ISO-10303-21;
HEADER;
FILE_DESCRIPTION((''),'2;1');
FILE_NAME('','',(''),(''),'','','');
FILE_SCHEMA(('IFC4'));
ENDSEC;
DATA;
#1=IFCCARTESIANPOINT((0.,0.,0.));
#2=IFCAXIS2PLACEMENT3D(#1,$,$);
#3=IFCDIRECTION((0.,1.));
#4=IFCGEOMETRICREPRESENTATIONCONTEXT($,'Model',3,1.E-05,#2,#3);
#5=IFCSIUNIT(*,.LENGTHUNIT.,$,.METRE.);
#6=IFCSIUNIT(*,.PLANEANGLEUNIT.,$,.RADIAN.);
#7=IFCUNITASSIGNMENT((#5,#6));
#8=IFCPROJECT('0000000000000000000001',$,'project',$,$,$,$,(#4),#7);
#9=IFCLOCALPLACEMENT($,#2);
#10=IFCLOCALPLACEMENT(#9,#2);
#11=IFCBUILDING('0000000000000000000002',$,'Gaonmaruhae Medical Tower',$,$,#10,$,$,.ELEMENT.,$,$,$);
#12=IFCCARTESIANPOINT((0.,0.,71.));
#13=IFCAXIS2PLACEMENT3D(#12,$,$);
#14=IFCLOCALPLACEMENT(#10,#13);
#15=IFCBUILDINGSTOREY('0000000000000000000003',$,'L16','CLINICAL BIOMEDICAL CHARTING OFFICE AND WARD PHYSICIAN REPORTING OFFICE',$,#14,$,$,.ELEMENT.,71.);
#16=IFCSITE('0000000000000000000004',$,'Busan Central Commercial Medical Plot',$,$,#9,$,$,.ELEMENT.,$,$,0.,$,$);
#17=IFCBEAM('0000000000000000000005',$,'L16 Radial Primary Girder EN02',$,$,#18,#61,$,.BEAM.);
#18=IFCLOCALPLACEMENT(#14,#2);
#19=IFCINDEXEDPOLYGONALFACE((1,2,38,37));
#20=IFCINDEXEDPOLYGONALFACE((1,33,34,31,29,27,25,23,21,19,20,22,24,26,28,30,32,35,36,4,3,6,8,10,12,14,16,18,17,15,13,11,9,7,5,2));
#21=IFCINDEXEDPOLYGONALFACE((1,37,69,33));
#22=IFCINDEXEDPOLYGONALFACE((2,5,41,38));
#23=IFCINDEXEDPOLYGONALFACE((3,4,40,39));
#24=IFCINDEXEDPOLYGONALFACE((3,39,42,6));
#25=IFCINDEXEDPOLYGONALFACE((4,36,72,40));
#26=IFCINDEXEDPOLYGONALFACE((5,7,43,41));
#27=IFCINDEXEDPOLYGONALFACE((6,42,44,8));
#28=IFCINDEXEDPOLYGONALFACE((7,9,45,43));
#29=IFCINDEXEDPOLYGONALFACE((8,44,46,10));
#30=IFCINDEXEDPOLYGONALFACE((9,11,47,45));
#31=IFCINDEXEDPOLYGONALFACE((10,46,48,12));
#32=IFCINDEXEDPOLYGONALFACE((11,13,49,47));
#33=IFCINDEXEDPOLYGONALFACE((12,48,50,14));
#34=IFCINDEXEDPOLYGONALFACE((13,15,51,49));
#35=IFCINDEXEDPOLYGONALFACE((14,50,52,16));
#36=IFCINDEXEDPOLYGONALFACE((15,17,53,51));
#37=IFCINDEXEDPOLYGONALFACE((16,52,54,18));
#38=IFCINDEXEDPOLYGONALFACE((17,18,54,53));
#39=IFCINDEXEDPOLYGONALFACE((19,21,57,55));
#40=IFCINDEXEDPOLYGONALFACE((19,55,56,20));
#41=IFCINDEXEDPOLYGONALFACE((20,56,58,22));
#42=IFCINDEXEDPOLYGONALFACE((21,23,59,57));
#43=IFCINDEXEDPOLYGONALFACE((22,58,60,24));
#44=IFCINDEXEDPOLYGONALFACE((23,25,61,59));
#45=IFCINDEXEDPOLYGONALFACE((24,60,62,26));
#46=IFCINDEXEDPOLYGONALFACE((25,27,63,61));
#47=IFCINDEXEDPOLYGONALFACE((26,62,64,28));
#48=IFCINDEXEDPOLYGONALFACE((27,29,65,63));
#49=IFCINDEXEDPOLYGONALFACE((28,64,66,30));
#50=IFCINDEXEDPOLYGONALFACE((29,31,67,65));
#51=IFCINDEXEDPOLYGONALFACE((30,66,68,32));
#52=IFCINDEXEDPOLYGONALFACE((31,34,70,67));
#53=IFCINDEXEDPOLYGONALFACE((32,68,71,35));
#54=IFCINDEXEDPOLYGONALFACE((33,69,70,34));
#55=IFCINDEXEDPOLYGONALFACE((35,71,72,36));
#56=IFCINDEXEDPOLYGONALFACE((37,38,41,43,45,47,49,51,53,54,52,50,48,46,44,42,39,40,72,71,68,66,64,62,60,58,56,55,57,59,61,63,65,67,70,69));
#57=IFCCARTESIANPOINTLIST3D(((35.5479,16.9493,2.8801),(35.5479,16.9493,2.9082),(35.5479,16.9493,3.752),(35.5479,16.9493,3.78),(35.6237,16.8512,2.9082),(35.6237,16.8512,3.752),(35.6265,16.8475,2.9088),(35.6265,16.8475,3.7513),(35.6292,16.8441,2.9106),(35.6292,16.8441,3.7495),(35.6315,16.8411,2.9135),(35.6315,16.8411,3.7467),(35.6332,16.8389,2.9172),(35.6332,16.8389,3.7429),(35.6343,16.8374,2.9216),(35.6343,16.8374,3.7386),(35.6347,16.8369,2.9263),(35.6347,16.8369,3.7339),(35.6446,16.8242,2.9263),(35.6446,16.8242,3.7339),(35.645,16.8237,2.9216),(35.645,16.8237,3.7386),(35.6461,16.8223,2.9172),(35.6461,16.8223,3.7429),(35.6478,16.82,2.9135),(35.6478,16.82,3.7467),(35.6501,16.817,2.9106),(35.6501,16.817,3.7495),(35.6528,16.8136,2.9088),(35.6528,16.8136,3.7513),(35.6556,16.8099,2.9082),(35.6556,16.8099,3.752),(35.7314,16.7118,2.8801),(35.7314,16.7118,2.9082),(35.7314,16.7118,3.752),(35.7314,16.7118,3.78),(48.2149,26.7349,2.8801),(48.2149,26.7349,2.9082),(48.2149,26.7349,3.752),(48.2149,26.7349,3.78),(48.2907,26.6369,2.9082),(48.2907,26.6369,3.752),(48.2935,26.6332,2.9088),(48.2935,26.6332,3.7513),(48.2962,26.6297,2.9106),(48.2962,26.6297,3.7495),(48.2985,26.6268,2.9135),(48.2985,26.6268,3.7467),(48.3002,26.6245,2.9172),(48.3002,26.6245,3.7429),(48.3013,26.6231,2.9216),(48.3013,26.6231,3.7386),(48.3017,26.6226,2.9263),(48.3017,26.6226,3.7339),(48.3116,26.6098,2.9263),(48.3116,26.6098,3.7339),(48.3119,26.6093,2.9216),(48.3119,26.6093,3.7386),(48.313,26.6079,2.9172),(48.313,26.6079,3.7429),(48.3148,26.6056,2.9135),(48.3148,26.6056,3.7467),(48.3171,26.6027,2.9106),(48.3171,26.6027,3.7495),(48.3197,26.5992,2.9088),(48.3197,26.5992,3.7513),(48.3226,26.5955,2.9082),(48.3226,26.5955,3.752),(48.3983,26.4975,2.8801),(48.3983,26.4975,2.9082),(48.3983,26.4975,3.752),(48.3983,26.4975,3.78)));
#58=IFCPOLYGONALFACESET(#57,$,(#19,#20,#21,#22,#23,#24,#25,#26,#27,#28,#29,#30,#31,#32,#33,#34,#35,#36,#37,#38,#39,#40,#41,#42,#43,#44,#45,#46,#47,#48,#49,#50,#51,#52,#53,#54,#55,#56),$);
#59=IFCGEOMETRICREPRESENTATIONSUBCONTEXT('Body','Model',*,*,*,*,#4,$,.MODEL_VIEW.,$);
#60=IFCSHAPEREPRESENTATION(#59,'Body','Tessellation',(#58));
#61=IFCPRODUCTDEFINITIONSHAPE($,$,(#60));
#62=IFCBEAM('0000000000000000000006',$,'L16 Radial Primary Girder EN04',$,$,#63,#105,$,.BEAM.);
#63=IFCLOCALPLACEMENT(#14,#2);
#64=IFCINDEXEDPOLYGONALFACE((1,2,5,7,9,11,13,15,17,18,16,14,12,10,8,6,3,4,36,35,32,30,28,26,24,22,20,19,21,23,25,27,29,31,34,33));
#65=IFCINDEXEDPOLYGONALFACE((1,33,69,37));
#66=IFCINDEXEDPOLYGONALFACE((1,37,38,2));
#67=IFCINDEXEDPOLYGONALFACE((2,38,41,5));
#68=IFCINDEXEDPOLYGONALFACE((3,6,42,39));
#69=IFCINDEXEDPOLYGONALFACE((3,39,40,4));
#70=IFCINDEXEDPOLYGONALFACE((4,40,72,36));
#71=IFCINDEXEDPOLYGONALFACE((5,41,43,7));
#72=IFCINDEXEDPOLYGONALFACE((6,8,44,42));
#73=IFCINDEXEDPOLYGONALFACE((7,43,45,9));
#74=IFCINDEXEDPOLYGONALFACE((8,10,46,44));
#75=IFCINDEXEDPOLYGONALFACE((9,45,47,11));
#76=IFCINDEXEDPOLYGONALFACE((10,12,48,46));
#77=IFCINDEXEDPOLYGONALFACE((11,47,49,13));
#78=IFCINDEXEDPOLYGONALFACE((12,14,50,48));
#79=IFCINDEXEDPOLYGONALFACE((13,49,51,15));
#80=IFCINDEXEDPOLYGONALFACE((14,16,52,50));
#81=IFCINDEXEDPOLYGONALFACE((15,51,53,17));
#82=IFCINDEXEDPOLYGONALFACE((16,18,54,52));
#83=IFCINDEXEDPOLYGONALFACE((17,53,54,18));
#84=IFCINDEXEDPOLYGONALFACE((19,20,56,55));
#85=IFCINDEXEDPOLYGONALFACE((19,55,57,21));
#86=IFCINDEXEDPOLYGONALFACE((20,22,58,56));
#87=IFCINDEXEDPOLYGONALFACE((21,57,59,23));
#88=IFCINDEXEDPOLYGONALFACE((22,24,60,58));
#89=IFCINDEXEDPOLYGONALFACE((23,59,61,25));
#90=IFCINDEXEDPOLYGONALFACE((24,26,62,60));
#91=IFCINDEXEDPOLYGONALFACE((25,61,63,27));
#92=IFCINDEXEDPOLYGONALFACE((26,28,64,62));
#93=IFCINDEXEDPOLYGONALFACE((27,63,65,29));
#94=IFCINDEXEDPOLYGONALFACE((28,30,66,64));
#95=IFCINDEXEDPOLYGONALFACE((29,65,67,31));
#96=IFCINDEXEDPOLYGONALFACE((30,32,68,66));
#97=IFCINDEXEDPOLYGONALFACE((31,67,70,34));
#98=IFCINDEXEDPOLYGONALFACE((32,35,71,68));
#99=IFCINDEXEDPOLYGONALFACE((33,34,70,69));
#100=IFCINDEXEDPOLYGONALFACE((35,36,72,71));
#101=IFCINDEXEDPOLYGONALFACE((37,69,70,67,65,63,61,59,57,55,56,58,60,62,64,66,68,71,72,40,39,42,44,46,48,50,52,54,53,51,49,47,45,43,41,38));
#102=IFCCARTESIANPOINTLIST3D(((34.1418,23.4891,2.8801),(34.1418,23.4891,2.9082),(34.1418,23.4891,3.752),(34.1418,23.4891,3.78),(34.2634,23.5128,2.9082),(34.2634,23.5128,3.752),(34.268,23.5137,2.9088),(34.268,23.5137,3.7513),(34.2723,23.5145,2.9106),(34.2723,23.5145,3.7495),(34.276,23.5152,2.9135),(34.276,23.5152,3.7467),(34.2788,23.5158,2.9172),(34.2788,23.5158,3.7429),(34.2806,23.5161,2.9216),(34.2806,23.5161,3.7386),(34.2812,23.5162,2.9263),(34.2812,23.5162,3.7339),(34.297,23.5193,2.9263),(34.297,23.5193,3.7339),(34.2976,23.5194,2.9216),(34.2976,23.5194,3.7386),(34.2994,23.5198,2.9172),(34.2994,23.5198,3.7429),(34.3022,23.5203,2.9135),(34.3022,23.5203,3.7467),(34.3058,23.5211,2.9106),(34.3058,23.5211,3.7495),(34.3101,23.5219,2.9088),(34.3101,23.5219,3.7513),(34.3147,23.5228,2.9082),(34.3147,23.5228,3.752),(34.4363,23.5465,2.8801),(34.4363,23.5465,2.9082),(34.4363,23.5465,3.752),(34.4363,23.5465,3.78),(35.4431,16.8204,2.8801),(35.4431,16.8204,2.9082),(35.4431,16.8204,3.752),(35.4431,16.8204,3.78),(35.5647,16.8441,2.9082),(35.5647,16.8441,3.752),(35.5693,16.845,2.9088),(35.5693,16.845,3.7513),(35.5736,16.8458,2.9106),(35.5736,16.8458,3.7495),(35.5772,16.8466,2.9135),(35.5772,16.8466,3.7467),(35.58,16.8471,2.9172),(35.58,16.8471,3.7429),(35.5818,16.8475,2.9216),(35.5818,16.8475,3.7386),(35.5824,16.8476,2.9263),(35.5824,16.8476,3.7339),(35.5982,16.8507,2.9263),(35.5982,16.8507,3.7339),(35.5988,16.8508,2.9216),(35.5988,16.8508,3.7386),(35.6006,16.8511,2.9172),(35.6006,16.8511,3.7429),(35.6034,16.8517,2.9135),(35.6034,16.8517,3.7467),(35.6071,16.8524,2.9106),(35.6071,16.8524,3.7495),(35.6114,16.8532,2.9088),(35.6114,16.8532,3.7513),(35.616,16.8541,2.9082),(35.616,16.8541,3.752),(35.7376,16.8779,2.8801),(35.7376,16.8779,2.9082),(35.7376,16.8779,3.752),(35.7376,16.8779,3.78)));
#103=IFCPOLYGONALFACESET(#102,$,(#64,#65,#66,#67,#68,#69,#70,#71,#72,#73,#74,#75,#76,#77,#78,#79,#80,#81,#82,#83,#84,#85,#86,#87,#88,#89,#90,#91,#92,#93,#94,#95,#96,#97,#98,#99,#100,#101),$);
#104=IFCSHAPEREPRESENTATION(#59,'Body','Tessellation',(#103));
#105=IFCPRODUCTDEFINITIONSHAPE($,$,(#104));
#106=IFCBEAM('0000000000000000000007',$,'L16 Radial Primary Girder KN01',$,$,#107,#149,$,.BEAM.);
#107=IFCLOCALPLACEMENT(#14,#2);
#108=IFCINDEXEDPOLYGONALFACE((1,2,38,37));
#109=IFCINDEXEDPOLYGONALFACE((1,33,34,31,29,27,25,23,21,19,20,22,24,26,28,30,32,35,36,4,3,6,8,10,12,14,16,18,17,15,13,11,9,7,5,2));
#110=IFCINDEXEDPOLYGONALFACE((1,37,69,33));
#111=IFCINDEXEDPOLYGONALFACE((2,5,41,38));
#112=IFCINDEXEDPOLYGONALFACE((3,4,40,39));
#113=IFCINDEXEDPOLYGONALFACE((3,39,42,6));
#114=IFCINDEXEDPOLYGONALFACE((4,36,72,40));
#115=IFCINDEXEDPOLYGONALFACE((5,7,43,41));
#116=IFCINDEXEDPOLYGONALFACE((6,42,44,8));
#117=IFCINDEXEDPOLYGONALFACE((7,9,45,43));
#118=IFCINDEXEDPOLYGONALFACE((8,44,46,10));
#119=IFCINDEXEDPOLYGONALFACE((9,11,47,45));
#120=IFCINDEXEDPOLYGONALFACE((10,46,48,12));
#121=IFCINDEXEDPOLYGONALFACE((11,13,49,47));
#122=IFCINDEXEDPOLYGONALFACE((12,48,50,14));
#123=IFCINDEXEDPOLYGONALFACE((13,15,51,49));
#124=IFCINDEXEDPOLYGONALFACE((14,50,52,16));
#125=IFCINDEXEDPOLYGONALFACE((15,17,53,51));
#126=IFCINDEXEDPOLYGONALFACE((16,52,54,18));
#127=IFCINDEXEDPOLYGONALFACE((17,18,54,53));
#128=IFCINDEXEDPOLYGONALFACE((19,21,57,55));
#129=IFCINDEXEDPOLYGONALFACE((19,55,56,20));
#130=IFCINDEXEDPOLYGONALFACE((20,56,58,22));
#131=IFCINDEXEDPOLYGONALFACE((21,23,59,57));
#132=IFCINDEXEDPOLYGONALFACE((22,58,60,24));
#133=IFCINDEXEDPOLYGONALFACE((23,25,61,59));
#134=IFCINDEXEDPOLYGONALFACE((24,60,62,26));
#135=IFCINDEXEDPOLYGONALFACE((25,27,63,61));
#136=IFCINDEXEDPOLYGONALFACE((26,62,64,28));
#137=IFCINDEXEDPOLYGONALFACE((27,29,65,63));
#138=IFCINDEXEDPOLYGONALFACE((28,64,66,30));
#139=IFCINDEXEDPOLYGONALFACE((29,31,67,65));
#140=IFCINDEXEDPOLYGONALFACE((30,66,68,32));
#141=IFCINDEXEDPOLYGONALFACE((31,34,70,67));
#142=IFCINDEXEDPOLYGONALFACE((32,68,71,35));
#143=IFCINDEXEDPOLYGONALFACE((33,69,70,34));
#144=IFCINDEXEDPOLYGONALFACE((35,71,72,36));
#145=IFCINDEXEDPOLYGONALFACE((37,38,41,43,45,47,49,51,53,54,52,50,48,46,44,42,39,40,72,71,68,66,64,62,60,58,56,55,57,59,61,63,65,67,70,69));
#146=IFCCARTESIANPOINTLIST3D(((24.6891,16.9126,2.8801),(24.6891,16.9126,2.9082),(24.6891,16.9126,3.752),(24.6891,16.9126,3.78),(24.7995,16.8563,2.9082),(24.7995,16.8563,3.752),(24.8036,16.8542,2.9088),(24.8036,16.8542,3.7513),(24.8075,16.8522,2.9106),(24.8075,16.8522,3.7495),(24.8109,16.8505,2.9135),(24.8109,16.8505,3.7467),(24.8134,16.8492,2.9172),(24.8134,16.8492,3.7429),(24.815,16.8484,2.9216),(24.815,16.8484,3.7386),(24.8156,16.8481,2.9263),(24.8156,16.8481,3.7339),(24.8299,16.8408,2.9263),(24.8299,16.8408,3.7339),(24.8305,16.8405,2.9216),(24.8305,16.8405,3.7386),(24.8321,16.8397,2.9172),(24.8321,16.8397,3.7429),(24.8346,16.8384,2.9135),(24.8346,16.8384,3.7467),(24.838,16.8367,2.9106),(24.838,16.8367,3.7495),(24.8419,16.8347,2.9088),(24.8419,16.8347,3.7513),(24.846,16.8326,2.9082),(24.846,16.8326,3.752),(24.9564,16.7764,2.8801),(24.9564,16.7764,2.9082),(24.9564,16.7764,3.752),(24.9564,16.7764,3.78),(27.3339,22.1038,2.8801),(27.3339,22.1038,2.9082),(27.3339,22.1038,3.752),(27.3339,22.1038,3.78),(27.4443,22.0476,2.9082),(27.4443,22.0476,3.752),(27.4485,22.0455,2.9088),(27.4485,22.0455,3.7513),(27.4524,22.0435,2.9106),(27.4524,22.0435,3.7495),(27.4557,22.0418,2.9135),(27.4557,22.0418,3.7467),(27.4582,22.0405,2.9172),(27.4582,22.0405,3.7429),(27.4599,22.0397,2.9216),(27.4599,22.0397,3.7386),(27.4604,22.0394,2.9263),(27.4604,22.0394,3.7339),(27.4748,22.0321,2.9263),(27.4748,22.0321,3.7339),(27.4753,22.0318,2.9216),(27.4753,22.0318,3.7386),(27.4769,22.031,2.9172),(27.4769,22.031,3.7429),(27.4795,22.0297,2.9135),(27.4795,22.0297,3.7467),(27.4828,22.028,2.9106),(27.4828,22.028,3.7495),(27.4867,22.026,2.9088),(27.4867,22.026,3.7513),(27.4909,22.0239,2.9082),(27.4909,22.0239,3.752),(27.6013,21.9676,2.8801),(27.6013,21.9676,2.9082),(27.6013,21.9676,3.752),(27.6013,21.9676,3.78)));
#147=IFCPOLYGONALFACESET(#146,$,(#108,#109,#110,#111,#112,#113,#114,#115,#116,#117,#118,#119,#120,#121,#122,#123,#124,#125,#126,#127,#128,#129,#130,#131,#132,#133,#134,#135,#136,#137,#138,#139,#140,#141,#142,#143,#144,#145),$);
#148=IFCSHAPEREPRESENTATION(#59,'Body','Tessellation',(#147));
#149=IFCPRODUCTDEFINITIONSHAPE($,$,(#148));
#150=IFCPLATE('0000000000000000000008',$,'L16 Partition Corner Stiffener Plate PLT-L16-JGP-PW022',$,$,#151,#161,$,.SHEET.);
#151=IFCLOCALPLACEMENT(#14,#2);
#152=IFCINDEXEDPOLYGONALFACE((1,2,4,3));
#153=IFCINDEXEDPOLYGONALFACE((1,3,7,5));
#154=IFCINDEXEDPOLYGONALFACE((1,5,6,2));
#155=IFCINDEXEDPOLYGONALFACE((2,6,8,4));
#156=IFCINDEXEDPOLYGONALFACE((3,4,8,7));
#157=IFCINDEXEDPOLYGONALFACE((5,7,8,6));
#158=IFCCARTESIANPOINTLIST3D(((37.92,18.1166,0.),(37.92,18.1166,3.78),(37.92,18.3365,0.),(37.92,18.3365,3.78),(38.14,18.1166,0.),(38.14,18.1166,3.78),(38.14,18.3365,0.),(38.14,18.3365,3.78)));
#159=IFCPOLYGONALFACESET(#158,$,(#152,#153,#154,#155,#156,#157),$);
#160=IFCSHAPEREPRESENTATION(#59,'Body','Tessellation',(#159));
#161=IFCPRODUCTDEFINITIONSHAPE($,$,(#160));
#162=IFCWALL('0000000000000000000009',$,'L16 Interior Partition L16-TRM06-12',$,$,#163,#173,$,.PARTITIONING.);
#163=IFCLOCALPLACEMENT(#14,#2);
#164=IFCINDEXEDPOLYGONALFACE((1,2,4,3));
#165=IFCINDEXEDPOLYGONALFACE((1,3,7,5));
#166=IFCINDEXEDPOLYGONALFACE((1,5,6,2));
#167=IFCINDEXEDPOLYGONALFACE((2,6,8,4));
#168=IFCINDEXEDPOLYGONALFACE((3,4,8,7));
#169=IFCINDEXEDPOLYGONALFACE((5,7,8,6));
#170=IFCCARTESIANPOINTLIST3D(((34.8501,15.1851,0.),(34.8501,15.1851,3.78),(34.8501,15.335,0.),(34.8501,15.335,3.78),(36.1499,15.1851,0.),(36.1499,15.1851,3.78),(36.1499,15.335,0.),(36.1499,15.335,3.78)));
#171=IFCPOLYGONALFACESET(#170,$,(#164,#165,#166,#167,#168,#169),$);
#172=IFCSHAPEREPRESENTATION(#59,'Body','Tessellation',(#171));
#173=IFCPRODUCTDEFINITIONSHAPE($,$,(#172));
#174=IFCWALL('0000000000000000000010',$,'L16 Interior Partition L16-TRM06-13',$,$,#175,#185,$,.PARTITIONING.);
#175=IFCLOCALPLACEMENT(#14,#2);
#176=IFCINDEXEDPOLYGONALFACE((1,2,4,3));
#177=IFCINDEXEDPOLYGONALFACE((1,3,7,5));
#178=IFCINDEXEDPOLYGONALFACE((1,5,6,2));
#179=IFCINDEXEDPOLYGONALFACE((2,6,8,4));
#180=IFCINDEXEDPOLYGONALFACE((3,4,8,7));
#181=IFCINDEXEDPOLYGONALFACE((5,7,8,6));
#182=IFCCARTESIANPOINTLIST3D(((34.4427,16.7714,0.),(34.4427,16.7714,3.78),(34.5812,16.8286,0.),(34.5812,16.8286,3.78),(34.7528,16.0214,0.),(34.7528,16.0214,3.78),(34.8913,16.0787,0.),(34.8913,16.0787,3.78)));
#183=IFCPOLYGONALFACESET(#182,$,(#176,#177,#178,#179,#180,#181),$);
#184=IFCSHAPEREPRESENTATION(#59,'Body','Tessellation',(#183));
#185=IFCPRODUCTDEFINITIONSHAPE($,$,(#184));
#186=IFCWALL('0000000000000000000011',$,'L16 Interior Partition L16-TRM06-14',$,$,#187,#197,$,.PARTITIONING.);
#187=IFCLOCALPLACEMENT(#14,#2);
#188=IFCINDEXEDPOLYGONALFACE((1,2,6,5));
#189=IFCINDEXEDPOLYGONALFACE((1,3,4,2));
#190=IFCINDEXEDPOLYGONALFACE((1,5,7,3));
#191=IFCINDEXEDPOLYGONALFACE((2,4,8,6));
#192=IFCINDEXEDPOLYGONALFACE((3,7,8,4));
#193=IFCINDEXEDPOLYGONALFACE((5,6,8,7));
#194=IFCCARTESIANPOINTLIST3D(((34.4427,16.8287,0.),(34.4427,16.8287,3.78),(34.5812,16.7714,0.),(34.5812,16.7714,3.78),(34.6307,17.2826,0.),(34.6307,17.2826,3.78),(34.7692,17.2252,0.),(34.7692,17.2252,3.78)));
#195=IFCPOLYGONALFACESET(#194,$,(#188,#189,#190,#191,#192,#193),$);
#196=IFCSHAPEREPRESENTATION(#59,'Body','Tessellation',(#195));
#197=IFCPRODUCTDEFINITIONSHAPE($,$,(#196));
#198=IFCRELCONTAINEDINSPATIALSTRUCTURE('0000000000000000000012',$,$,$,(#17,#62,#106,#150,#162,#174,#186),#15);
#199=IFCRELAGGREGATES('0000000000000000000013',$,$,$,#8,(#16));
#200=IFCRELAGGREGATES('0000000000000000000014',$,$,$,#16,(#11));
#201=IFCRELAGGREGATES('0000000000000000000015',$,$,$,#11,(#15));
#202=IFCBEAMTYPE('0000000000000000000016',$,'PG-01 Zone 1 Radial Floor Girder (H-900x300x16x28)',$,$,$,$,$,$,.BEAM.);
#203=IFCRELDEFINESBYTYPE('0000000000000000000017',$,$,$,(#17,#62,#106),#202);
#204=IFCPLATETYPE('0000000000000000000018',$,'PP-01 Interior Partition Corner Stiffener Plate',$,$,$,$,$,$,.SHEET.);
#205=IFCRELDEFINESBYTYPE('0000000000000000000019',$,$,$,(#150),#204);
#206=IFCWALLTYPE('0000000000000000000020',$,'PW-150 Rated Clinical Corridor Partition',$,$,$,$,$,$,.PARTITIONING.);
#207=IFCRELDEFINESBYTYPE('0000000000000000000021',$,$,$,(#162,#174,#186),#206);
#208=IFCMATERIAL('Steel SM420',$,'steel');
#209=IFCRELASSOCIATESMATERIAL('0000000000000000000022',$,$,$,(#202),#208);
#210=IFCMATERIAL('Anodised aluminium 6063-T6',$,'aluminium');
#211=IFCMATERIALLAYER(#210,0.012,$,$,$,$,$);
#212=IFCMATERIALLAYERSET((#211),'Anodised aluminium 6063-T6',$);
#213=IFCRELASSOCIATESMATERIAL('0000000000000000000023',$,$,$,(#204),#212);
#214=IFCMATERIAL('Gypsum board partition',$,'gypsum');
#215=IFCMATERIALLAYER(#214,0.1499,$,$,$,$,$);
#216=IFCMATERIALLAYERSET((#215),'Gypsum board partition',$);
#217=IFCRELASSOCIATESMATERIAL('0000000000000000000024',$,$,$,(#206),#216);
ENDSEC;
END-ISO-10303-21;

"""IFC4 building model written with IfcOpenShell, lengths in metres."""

from ifc_helpers import new_model, si_unit, direction, frame, frame_2d, origin, origin_2d, place, context, subcontext, project, spatial, rectangle, i_section, extrude, material, layer, layer_set, material_profile, profile_set, type_object, element, save


model = new_model("IFC4")

# Units and contexts
model_context = context("Model", 3, precision=1e-05, world=origin(), true_north=direction((0.0, 1.0)))
body_context = subcontext(model_context, "Body", "Model", "MODEL_VIEW")
ifc_project = project(units=[si_unit("LENGTHUNIT", "METRE"), si_unit("PLANEANGLEUNIT", "RADIAN")], contexts=[model_context])

# Site, building, storey
site_placement = place(None, origin())
site = spatial("IfcSite", under=ifc_project, at=site_placement, Name="Busan Central Commercial Medical Plot", CompositionType="ELEMENT", RefElevation=0.0)
building_placement = place(site_placement, origin())
building = spatial("IfcBuilding", under=site, at=building_placement, Name="Gaonmaruhae Medical Tower", CompositionType="ELEMENT")
storey_placement = place(building_placement, frame((0.0, 0.0, 71.0)))
storey = spatial("IfcBuildingStorey", under=building, at=storey_placement, Name="L16", Description="CLINICAL BIOMEDICAL CHARTING OFFICE AND WARD PHYSICIAN REPORTING OFFICE", CompositionType="ELEMENT", Elevation=71.0)

# Beams
ifc_material_1 = material(Name="Steel SM420", Category="steel")
ifc_material_profile_1 = material_profile(ifc_material_1, i_section(OverallWidth=0.3, OverallDepth=0.8999, WebThickness=0.0161, FlangeThickness=0.0281, FilletRadius=0.0181, at=origin_2d()), Name="H-900x300x16x28")
ifc_profile_set_1 = profile_set([ifc_material_profile_1], Name="Steel SM420")
beam_type_1 = type_object("IfcBeamType", Name="PG-01 Zone 1 Radial Floor Girder (H-900x300x16x28)", PredefinedType="BEAM", material=ifc_profile_set_1)
beam_1_placement = place(storey_placement, frame((35.6396, 16.8306, 3.3301), z_axis=(0.79136, 0.61135, 0.0), x_axis=(-0.61135, 0.79136, 0.0)))
element("IfcBeam", 1, at=beam_1_placement, inside=storey, type_object=beam_type_1, Name="L16 Radial Primary Girder EN02", PredefinedType="BEAM", context=body_context, shape_type="SweptSolid", body=[
    extrude(i_section(OverallWidth=0.3, OverallDepth=0.8999, WebThickness=0.0161, FlangeThickness=0.0281, FilletRadius=0.0181, at=origin_2d()), origin(), (0.0, 0.0, 1.0), 16.0066),
])
beam_2_placement = place(storey_placement, frame((35.5903, 16.8491, 3.3301), z_axis=(-0.191519, 0.981489, 0.0), x_axis=(-0.981489, -0.191519, 0.0)))
element("IfcBeam", 2, at=beam_2_placement, inside=storey, type_object=beam_type_1, Name="L16 Radial Primary Girder EN04", PredefinedType="BEAM", context=body_context, shape_type="SweptSolid", body=[
    extrude(i_section(OverallWidth=0.3, OverallDepth=0.8999, WebThickness=0.0161, FlangeThickness=0.0281, FilletRadius=0.0181, at=origin_2d()), origin(), (0.0, 0.0, 1.0), 6.7944),
])
beam_3_placement = place(storey_placement, frame((24.8228, 16.8445, 3.3301), z_axis=(0.453956, 0.891024, 0.0), x_axis=(-0.891024, 0.453956, 0.0)))
element("IfcBeam", 3, at=beam_3_placement, inside=storey, type_object=beam_type_1, Name="L16 Radial Primary Girder KN01", PredefinedType="BEAM", context=body_context, shape_type="SweptSolid", body=[
    extrude(i_section(OverallWidth=0.3, OverallDepth=0.8999, WebThickness=0.0161, FlangeThickness=0.0281, FilletRadius=0.0181, at=origin_2d()), origin(), (0.0, 0.0, 1.0), 5.8262),
])

# Plate
ifc_material_2 = material(Name="Anodised aluminium 6063-T6", Category="aluminium")
ifc_layer_1 = layer(ifc_material_2, 0.012)
ifc_layer_set_1 = layer_set([ifc_layer_1], Name="Anodised aluminium 6063-T6")
plate_type = type_object("IfcPlateType", Name="PP-01 Interior Partition Corner Stiffener Plate", PredefinedType="SHEET", material=ifc_layer_set_1)
plate_placement = place(storey_placement, frame((38.03, 18.2266, 0.0), z_axis=(0.0, 0.0, 1.0), x_axis=(0.0, 1.0, 0.0)))
element("IfcPlate", 4, at=plate_placement, inside=storey, type_object=plate_type, Name="L16 Partition Corner Stiffener Plate PLT-L16-JGP-PW022", PredefinedType="SHEET", context=body_context, shape_type="SweptSolid", body=[
    extrude(rectangle(XDim=0.22, YDim=0.22, at=origin_2d()), origin(), (0.0, 0.0, 1.0), 3.78),
])

# Walls
ifc_material_3 = material(Name="Gypsum board partition", Category="gypsum")
ifc_layer_2 = layer(ifc_material_3, 0.1499)
ifc_layer_set_2 = layer_set([ifc_layer_2], Name="Gypsum board partition")
wall_type = type_object("IfcWallType", Name="PW-150 Rated Clinical Corridor Partition", PredefinedType="PARTITIONING", material=ifc_layer_set_2)
wall_1_placement = place(storey_placement, frame((36.1499, 15.26, 0.0), z_axis=(0.0, 0.0, 1.0), x_axis=(-1.0, 0.0, 0.0)))
element("IfcWall", 5, at=wall_1_placement, inside=storey, type_object=wall_type, Name="L16 Interior Partition L16-TRM06-12", PredefinedType="PARTITIONING", context=body_context, shape_type="SweptSolid", body=[
    extrude(rectangle(XDim=1.2998, YDim=0.1499, at=frame_2d((0.6499, 0.0))), origin(), (0.0, 0.0, 1.0), 3.78),
])
wall_2_placement = place(storey_placement, frame((34.822, 16.05, 0.0), z_axis=(0.0, 0.0, 1.0), x_axis=(-0.382051, 0.924141, 0.0)))
element("IfcWall", 6, at=wall_2_placement, inside=storey, type_object=wall_type, Name="L16 Interior Partition L16-TRM06-13", PredefinedType="PARTITIONING", context=body_context, shape_type="SweptSolid", body=[
    extrude(rectangle(XDim=0.8115, YDim=0.1499, at=frame_2d((0.4058, 0.0))), origin(), (0.0, 0.0, 1.0), 3.78),
])
wall_3_placement = place(storey_placement, frame((34.512, 16.8, 0.0), z_axis=(0.0, 0.0, 1.0), x_axis=(0.382674, 0.923884, 0.0)))
element("IfcWall", 7, at=wall_3_placement, inside=storey, type_object=wall_type, Name="L16 Interior Partition L16-TRM06-14", PredefinedType="PARTITIONING", context=body_context, shape_type="SweptSolid", body=[
    extrude(rectangle(XDim=0.4912, YDim=0.1499, at=frame_2d((0.2456, 0.0))), origin(), (0.0, 0.0, 1.0), 3.78),
])

save(model, "model.ifc")
